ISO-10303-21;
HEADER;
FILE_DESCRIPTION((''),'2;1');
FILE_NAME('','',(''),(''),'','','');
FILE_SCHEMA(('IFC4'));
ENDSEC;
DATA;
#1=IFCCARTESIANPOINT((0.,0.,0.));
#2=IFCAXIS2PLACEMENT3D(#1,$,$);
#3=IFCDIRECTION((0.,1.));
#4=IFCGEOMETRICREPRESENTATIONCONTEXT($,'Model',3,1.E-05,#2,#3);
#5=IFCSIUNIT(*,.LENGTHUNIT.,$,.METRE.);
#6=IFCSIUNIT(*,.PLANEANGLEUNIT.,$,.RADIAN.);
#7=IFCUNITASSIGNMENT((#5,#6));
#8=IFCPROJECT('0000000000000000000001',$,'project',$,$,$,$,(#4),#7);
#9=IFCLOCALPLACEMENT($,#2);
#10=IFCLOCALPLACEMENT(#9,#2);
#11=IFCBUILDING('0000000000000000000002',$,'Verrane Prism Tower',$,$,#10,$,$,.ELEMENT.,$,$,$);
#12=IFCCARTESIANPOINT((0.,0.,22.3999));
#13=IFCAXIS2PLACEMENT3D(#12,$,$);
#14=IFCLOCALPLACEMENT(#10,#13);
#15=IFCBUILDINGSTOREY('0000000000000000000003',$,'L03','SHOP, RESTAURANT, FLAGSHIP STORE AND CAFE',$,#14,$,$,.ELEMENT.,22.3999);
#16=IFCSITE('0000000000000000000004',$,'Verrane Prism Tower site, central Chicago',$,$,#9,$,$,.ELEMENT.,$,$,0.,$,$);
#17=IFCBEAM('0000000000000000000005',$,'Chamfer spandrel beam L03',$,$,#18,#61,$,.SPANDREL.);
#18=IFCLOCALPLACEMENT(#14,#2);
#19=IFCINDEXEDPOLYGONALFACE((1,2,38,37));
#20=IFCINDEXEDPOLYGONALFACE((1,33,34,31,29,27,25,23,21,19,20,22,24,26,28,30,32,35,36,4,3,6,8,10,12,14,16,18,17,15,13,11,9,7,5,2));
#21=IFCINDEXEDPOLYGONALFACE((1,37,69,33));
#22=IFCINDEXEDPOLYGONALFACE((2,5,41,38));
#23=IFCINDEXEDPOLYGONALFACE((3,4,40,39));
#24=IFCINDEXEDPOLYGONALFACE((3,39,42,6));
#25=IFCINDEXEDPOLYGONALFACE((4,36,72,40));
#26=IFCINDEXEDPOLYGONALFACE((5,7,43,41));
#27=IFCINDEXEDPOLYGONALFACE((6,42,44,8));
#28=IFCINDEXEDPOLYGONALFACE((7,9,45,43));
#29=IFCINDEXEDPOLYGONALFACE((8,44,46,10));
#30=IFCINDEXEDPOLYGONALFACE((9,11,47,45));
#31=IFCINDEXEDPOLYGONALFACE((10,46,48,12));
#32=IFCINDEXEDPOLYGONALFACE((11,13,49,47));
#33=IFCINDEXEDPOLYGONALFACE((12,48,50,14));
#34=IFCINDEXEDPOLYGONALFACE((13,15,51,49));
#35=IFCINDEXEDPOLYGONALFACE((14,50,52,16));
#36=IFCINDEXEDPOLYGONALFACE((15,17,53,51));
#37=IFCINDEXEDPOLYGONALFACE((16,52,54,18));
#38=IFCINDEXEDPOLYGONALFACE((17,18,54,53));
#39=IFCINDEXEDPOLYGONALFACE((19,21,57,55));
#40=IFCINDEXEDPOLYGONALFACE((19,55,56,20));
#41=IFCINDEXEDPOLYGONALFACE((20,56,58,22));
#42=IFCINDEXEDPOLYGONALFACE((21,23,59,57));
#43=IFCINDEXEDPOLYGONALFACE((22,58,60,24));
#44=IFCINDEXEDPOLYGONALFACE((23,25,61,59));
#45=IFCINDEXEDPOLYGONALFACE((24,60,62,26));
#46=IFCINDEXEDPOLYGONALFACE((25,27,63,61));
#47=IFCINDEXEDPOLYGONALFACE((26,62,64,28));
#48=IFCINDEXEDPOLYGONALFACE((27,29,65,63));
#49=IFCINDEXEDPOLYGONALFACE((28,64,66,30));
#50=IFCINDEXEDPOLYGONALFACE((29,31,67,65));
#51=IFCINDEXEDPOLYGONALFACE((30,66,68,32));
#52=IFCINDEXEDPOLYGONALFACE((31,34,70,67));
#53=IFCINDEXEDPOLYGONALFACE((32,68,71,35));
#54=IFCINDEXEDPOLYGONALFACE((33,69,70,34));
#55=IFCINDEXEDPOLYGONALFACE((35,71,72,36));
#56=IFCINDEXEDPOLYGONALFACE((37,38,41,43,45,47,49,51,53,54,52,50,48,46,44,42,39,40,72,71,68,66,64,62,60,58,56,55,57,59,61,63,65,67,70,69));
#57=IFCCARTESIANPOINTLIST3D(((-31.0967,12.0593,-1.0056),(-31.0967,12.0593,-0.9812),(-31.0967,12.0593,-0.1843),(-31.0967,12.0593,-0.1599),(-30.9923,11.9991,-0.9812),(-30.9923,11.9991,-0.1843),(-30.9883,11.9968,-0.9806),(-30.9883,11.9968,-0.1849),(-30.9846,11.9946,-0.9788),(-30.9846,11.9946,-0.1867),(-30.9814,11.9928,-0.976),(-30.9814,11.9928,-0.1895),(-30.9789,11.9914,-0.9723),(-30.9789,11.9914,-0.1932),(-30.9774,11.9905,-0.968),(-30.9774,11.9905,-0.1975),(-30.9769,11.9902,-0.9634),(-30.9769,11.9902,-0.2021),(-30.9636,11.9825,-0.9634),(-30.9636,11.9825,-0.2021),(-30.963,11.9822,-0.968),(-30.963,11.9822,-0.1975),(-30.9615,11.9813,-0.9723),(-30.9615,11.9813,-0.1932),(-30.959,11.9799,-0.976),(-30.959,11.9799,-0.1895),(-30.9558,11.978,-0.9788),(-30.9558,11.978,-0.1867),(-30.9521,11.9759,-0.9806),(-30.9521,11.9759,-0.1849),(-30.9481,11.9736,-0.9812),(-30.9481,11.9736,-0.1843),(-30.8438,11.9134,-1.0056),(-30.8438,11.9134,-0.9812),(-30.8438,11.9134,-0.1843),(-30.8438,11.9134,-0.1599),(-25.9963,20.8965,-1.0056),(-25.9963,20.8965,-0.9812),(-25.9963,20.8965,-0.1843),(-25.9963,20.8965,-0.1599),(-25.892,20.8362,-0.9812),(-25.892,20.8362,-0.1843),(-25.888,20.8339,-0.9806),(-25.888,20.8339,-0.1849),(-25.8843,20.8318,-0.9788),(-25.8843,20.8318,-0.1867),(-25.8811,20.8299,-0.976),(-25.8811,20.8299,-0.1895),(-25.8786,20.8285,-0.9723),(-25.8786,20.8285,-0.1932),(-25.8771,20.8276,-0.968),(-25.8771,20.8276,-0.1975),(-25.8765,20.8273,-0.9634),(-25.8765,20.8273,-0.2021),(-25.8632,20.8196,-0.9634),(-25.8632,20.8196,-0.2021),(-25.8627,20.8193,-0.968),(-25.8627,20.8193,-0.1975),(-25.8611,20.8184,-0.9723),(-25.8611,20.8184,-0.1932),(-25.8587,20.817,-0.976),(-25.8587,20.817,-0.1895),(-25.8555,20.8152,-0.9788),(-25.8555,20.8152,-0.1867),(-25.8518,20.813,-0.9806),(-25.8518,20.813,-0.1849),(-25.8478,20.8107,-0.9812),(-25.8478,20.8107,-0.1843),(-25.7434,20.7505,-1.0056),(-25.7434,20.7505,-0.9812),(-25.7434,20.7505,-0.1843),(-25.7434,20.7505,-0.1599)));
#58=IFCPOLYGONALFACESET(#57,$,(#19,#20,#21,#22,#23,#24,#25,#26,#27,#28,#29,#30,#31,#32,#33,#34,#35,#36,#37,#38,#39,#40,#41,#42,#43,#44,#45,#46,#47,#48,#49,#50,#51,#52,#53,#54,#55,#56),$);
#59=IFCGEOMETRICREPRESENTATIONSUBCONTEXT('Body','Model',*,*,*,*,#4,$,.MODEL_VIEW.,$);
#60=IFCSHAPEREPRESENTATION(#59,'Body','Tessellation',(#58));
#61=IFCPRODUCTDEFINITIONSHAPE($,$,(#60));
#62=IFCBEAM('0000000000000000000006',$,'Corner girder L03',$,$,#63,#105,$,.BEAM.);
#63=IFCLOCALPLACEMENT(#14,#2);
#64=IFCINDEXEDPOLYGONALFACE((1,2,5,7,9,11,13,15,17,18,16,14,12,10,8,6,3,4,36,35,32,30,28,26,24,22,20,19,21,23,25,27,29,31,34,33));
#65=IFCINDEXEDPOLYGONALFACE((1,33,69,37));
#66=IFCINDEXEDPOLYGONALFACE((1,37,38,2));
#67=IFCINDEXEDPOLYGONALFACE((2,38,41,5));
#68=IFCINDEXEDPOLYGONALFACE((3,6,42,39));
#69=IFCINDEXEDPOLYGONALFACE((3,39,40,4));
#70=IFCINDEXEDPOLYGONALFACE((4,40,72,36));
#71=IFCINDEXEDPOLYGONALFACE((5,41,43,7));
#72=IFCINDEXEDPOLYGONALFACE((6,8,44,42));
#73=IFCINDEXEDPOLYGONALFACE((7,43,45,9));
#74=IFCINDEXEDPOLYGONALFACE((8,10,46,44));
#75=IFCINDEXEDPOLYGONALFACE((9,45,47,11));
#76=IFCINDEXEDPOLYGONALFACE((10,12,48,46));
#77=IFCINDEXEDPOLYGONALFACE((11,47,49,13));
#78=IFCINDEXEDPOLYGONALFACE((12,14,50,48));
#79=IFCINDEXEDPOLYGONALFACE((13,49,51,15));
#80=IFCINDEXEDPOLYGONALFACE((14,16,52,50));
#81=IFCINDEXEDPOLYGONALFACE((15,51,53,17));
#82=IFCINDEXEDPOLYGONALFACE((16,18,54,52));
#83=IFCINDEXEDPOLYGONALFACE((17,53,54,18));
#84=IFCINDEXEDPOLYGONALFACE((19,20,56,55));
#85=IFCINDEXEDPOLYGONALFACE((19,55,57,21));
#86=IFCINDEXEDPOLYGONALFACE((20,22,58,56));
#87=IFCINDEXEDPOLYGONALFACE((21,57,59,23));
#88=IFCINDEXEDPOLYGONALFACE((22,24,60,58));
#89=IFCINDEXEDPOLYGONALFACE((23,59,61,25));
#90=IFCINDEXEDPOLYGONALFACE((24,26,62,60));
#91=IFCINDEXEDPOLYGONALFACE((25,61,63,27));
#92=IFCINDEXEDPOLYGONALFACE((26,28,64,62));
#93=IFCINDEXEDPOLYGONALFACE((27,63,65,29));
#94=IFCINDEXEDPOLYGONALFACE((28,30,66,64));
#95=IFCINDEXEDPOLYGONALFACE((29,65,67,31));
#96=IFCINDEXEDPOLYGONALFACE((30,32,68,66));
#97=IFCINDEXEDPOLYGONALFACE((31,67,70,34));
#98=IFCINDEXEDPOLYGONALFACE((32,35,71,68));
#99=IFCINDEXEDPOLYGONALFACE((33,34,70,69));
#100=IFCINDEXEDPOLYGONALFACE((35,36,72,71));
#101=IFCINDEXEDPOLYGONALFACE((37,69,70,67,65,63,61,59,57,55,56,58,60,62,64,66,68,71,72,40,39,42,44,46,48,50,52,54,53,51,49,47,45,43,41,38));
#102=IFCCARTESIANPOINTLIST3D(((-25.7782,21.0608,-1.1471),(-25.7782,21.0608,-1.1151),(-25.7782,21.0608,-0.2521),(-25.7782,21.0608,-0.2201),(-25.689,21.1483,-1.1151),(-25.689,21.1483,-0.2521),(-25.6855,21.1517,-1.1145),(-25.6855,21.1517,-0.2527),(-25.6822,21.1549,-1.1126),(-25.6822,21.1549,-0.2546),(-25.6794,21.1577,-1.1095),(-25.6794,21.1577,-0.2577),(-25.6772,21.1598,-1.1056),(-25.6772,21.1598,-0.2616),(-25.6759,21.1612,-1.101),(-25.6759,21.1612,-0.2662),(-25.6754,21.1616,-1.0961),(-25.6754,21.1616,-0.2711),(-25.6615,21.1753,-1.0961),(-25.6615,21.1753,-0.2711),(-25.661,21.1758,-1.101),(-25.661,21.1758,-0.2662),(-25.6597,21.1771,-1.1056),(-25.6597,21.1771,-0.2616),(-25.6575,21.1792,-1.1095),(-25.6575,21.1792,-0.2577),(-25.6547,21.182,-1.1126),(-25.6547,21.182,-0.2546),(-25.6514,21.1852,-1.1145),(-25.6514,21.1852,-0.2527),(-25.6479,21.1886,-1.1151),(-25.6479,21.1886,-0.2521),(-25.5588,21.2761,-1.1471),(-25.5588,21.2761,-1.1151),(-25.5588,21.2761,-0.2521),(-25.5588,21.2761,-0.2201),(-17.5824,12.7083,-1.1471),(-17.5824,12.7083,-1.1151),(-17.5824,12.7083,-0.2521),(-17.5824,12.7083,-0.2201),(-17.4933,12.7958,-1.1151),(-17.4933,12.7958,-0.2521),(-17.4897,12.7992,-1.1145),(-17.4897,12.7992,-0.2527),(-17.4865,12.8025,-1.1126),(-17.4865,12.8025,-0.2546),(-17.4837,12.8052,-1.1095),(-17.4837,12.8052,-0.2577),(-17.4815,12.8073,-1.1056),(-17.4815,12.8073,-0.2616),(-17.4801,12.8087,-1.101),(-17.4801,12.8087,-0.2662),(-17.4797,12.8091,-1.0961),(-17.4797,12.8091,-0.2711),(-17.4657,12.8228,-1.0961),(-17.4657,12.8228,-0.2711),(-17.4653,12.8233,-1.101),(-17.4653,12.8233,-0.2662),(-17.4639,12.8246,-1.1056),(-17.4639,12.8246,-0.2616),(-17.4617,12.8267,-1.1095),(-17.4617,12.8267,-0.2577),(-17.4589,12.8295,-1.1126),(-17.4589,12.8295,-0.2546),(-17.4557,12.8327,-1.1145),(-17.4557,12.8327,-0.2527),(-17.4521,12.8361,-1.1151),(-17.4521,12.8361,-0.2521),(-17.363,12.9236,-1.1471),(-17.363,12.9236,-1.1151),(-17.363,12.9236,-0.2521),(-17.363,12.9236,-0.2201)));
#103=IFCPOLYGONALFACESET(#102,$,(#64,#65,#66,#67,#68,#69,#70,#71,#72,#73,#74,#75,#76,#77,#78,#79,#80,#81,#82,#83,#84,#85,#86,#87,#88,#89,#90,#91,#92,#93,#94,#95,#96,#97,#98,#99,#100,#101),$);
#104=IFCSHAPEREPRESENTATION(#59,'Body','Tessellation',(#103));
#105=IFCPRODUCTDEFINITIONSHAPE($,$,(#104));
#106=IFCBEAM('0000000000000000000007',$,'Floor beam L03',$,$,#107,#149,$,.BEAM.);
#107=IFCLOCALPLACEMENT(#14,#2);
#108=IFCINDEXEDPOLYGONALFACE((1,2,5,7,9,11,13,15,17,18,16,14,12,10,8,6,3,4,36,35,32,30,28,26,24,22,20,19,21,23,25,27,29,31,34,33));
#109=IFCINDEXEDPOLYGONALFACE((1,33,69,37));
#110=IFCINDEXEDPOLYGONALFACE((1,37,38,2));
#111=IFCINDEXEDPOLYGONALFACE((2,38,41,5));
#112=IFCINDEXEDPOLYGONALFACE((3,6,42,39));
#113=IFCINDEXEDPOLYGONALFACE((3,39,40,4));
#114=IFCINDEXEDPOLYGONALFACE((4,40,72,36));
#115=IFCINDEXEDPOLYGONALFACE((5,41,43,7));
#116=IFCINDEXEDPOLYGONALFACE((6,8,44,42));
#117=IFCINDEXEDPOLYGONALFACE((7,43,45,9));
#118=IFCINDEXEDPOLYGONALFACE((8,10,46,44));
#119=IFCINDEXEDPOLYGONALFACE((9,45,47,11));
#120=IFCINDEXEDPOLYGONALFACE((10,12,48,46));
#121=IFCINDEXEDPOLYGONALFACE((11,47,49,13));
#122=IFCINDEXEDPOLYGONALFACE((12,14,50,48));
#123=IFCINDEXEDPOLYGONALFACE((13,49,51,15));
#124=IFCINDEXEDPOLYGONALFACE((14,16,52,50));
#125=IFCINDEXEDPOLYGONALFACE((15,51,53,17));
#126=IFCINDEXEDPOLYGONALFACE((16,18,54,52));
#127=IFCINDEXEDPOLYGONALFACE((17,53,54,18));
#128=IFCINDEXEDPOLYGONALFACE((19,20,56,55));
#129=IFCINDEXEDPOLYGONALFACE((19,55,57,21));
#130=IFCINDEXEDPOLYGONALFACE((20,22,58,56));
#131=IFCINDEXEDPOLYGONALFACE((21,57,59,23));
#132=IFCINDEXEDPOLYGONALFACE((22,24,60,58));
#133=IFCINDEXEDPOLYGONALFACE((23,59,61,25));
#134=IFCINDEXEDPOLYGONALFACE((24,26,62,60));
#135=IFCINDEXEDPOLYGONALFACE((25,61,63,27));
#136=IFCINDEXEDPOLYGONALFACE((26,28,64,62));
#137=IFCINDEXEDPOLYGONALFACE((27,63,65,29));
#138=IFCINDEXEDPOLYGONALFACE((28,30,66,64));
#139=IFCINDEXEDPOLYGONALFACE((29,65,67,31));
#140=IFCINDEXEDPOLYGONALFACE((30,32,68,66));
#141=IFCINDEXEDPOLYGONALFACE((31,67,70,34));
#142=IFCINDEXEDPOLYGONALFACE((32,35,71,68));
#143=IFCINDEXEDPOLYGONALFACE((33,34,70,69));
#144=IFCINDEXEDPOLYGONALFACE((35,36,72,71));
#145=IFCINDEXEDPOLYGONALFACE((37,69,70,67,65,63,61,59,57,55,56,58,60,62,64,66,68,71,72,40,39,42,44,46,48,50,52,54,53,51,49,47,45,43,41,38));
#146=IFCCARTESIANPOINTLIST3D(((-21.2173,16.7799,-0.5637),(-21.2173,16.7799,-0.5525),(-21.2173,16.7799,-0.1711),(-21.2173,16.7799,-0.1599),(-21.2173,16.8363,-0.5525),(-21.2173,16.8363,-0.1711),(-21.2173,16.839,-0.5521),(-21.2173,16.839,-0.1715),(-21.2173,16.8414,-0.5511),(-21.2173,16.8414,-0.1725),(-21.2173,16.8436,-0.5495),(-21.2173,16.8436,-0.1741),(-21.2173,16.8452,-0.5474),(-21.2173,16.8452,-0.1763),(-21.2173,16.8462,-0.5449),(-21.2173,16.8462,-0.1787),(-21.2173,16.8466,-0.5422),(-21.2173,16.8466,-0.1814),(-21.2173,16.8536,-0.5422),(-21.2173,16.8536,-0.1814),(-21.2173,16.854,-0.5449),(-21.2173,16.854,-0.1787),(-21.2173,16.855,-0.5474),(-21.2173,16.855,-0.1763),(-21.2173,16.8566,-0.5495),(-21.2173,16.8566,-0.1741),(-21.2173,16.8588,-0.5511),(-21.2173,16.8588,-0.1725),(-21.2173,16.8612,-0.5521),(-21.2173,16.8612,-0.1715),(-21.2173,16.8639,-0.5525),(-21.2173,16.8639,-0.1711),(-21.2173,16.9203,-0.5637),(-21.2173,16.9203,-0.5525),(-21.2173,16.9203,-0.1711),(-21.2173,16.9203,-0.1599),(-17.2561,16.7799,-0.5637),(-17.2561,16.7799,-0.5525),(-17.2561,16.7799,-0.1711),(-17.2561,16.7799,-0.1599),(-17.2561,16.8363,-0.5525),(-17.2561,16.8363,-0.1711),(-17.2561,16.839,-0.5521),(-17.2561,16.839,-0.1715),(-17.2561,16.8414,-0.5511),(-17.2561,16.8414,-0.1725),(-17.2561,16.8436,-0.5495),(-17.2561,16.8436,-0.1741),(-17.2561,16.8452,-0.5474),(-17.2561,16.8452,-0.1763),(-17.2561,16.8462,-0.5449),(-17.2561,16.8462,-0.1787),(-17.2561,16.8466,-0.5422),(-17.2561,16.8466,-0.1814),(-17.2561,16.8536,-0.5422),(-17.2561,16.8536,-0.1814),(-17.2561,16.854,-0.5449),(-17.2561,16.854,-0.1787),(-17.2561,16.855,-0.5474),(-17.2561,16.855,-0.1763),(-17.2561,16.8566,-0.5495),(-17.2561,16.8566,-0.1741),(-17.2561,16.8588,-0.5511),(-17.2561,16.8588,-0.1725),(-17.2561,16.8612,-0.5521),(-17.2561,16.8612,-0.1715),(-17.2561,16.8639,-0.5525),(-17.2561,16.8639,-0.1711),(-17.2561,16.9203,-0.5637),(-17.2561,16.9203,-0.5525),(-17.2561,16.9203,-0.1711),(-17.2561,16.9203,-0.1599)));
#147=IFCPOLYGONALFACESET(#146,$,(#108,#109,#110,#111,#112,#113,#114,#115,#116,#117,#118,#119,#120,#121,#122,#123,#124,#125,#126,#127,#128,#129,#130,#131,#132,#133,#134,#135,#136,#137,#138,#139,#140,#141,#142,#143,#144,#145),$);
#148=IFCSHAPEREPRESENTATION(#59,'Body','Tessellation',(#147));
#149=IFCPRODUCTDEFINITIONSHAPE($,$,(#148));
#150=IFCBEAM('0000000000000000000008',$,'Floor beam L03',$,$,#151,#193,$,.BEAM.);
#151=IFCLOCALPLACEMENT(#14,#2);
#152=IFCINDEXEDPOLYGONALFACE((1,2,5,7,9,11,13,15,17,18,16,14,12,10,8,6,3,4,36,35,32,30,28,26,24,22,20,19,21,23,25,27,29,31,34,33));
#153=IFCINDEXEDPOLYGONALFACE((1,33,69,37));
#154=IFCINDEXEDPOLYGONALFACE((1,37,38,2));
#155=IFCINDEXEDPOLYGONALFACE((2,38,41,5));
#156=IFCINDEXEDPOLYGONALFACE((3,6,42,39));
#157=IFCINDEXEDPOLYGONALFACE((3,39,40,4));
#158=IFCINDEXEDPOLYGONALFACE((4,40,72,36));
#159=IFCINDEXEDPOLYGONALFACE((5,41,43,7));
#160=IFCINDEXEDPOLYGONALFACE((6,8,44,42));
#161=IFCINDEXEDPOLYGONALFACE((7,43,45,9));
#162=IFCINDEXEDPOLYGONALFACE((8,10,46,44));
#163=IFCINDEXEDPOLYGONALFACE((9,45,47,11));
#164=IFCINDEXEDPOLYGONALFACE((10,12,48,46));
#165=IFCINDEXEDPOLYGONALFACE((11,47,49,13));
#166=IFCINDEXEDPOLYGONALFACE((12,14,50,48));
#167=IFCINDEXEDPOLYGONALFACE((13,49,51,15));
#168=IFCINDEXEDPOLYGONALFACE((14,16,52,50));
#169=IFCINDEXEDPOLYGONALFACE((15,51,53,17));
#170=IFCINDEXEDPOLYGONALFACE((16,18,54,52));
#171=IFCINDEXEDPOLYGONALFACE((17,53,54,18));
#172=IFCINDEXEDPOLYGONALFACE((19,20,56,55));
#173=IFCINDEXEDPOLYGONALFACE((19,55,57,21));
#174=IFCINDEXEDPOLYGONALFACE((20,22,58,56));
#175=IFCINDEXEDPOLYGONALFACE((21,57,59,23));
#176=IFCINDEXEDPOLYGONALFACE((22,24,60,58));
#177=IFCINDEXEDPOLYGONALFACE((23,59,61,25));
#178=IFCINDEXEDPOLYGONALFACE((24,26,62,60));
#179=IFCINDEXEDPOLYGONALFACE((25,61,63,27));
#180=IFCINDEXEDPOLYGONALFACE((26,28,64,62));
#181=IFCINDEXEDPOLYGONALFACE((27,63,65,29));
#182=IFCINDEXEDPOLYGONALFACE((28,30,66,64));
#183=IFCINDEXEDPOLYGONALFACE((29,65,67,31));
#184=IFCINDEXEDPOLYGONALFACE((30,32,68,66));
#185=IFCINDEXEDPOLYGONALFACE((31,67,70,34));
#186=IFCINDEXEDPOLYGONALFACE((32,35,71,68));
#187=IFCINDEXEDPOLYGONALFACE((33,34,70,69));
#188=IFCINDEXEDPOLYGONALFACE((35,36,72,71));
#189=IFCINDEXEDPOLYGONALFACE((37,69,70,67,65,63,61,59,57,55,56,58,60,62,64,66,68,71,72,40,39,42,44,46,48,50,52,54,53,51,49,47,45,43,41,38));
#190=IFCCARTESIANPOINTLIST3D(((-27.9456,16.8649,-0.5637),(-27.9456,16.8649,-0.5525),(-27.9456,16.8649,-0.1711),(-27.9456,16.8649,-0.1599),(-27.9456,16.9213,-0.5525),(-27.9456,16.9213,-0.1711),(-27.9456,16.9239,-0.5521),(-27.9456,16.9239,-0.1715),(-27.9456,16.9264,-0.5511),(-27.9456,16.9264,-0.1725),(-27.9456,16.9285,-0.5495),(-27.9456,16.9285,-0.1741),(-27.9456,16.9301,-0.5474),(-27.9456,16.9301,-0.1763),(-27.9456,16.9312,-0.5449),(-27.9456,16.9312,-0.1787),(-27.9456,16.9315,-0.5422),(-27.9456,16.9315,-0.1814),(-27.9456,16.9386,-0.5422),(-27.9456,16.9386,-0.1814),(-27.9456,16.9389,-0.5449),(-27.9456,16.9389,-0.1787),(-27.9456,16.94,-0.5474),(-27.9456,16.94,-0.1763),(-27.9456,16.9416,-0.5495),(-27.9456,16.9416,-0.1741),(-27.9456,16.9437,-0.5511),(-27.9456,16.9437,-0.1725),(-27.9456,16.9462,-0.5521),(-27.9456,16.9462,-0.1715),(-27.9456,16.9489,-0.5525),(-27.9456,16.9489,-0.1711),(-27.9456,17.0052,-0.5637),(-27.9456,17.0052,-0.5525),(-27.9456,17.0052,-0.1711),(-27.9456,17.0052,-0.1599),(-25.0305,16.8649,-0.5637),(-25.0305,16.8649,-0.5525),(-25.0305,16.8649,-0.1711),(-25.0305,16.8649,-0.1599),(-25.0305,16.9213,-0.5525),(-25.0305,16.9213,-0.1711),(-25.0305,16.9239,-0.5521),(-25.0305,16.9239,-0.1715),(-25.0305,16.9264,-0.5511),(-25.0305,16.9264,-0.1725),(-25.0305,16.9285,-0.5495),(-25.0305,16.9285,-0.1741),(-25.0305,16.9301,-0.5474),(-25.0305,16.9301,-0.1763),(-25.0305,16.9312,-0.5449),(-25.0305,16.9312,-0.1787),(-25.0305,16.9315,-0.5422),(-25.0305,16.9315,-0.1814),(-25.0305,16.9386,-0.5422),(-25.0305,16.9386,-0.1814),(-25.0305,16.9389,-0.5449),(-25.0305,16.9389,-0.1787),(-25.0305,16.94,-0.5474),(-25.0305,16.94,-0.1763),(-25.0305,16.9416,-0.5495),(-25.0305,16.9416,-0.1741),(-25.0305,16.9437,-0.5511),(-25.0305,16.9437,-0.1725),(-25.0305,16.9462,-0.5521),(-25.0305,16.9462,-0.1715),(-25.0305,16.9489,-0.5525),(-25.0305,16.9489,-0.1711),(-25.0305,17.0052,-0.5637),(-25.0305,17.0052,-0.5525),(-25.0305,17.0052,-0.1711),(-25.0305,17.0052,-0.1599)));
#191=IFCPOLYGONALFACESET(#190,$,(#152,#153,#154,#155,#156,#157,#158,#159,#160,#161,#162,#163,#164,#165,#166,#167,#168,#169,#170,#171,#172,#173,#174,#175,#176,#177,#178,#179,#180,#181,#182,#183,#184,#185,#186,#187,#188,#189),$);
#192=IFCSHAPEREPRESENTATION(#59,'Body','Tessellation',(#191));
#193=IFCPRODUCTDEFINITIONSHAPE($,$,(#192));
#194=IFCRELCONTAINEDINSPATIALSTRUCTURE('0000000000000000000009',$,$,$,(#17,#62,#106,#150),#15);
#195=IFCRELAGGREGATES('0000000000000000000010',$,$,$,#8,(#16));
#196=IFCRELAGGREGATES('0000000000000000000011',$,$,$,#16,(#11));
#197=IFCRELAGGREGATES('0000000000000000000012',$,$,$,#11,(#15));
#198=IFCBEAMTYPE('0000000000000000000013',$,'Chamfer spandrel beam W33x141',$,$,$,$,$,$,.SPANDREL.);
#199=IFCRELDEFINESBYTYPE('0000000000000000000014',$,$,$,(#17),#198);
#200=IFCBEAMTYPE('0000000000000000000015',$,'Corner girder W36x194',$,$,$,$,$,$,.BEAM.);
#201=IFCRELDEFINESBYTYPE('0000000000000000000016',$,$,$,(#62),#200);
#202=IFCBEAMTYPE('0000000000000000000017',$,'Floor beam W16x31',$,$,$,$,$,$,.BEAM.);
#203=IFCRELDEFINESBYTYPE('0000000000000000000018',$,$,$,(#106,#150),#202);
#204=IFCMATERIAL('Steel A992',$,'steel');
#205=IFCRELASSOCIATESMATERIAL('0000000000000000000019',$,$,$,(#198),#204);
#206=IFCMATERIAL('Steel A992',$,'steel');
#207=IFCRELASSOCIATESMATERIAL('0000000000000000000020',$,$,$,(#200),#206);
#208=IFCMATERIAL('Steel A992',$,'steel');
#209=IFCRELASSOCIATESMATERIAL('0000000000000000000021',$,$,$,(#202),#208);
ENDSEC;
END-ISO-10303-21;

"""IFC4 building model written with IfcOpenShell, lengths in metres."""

from ifc_helpers import new_model, si_unit, direction, frame, origin, origin_2d, place, context, subcontext, project, spatial, i_section, extrude, material, material_profile, profile_set, type_object, element, save


model = new_model("IFC4")

# Units and contexts
model_context = context("Model", 3, precision=1e-05, world=origin(), true_north=direction((0.0, 1.0)))
body_context = subcontext(model_context, "Body", "Model", "MODEL_VIEW")
ifc_project = project(units=[si_unit("LENGTHUNIT", "METRE"), si_unit("PLANEANGLEUNIT", "RADIAN")], contexts=[model_context])

# Site, building, storey
site_placement = place(None, origin())
site = spatial("IfcSite", under=ifc_project, at=site_placement, Name="Verrane Prism Tower site, central Chicago", CompositionType="ELEMENT", RefElevation=0.0)
building_placement = place(site_placement, origin())
building = spatial("IfcBuilding", under=site, at=building_placement, Name="Verrane Prism Tower", CompositionType="ELEMENT")
storey_placement = place(building_placement, frame((0.0, 0.0, 22.3999)))
storey = spatial("IfcBuildingStorey", under=building, at=storey_placement, Name="L03", Description="SHOP, RESTAURANT, FLAGSHIP STORE AND CAFE", CompositionType="ELEMENT", Elevation=22.3999)

# Beams
ifc_material_1 = material(Name="Steel A992", Category="steel")
ifc_material_profile_1 = material_profile(ifc_material_1, i_section(OverallWidth=0.292, OverallDepth=0.8457, WebThickness=0.0154, FlangeThickness=0.0244, FilletRadius=0.0178, at=origin_2d()), Name="W33x141")
ifc_profile_set_1 = profile_set([ifc_material_profile_1], Name="Steel A992")
beam_type_1 = type_object("IfcBeamType", Name="Chamfer spandrel beam W33x141", PredefinedType="SPANDREL", material=ifc_profile_set_1)
beam_1_placement = place(storey_placement, frame((-25.8699, 20.8235, -0.5828), z_axis=(-0.499868, -0.866102, 0.0), x_axis=(0.866102, -0.499868, 0.0)))
element("IfcBeam", 1, at=beam_1_placement, inside=storey, type_object=beam_type_1, Name="Chamfer spandrel beam L03", PredefinedType="SPANDREL", context=body_context, shape_type="SweptSolid", body=[
    extrude(i_section(OverallWidth=0.292, OverallDepth=0.8457, WebThickness=0.0154, FlangeThickness=0.0244, FilletRadius=0.0178, at=origin_2d()), origin(), (0.0, 0.0, 1.0), 10.2034),
])
ifc_material_2 = material(Name="Steel A992", Category="steel")
ifc_material_profile_2 = material_profile(ifc_material_2, i_section(OverallWidth=0.3074, OverallDepth=0.927, WebThickness=0.0195, FlangeThickness=0.032, FilletRadius=0.019, at=origin_2d()), Name="W36x194")
ifc_profile_set_2 = profile_set([ifc_material_profile_2], Name="Steel A992")
beam_type_2 = type_object("IfcBeamType", Name="Corner girder W36x194", PredefinedType="BEAM", material=ifc_profile_set_2)
beam_2_placement = place(storey_placement, frame((-25.6685, 21.1685, -0.6836), z_axis=(0.700378, -0.713772, 0.0), x_axis=(0.713772, 0.700378, 0.0)))
element("IfcBeam", 2, at=beam_2_placement, inside=storey, type_object=beam_type_2, Name="Corner girder L03", PredefinedType="BEAM", context=body_context, shape_type="SweptSolid", body=[
    extrude(i_section(OverallWidth=0.3074, OverallDepth=0.927, WebThickness=0.0195, FlangeThickness=0.032, FilletRadius=0.019, at=origin_2d()), origin(), (0.0, 0.0, 1.0), 11.7019),
])
ifc_material_3 = material(Name="Steel A992", Category="steel")
ifc_material_profile_3 = material_profile(ifc_material_3, i_section(OverallWidth=0.1404, OverallDepth=0.4038, WebThickness=0.0071, FlangeThickness=0.0112, FilletRadius=0.0103, at=origin_2d()), Name="W16x31")
ifc_profile_set_3 = profile_set([ifc_material_profile_3], Name="Steel A992")
beam_type_3 = type_object("IfcBeamType", Name="Floor beam W16x31", PredefinedType="BEAM", material=ifc_profile_set_3)
beam_3_placement = place(storey_placement, frame((-21.2173, 16.8501, -0.3618), z_axis=(1.0, 0.0, 0.0), x_axis=(0.0, 1.0, 0.0)))
element("IfcBeam", 3, at=beam_3_placement, inside=storey, type_object=beam_type_3, Name="Floor beam L03", PredefinedType="BEAM", context=body_context, shape_type="SweptSolid", body=[
    extrude(i_section(OverallWidth=0.1404, OverallDepth=0.4038, WebThickness=0.0071, FlangeThickness=0.0112, FilletRadius=0.0103, at=origin_2d()), origin(), (0.0, 0.0, 1.0), 3.9612),
])
beam_4_placement = place(storey_placement, frame((-27.9456, 16.9351, -0.3618), z_axis=(1.0, 0.0, 0.0), x_axis=(0.0, 1.0, 0.0)))
element("IfcBeam", 4, at=beam_4_placement, inside=storey, type_object=beam_type_3, Name="Floor beam L03", PredefinedType="BEAM", context=body_context, shape_type="SweptSolid", body=[
    extrude(i_section(OverallWidth=0.1404, OverallDepth=0.4038, WebThickness=0.0071, FlangeThickness=0.0112, FilletRadius=0.0103, at=origin_2d()), origin(), (0.0, 0.0, 1.0), 2.915),
])

save(model, "model.ifc")
